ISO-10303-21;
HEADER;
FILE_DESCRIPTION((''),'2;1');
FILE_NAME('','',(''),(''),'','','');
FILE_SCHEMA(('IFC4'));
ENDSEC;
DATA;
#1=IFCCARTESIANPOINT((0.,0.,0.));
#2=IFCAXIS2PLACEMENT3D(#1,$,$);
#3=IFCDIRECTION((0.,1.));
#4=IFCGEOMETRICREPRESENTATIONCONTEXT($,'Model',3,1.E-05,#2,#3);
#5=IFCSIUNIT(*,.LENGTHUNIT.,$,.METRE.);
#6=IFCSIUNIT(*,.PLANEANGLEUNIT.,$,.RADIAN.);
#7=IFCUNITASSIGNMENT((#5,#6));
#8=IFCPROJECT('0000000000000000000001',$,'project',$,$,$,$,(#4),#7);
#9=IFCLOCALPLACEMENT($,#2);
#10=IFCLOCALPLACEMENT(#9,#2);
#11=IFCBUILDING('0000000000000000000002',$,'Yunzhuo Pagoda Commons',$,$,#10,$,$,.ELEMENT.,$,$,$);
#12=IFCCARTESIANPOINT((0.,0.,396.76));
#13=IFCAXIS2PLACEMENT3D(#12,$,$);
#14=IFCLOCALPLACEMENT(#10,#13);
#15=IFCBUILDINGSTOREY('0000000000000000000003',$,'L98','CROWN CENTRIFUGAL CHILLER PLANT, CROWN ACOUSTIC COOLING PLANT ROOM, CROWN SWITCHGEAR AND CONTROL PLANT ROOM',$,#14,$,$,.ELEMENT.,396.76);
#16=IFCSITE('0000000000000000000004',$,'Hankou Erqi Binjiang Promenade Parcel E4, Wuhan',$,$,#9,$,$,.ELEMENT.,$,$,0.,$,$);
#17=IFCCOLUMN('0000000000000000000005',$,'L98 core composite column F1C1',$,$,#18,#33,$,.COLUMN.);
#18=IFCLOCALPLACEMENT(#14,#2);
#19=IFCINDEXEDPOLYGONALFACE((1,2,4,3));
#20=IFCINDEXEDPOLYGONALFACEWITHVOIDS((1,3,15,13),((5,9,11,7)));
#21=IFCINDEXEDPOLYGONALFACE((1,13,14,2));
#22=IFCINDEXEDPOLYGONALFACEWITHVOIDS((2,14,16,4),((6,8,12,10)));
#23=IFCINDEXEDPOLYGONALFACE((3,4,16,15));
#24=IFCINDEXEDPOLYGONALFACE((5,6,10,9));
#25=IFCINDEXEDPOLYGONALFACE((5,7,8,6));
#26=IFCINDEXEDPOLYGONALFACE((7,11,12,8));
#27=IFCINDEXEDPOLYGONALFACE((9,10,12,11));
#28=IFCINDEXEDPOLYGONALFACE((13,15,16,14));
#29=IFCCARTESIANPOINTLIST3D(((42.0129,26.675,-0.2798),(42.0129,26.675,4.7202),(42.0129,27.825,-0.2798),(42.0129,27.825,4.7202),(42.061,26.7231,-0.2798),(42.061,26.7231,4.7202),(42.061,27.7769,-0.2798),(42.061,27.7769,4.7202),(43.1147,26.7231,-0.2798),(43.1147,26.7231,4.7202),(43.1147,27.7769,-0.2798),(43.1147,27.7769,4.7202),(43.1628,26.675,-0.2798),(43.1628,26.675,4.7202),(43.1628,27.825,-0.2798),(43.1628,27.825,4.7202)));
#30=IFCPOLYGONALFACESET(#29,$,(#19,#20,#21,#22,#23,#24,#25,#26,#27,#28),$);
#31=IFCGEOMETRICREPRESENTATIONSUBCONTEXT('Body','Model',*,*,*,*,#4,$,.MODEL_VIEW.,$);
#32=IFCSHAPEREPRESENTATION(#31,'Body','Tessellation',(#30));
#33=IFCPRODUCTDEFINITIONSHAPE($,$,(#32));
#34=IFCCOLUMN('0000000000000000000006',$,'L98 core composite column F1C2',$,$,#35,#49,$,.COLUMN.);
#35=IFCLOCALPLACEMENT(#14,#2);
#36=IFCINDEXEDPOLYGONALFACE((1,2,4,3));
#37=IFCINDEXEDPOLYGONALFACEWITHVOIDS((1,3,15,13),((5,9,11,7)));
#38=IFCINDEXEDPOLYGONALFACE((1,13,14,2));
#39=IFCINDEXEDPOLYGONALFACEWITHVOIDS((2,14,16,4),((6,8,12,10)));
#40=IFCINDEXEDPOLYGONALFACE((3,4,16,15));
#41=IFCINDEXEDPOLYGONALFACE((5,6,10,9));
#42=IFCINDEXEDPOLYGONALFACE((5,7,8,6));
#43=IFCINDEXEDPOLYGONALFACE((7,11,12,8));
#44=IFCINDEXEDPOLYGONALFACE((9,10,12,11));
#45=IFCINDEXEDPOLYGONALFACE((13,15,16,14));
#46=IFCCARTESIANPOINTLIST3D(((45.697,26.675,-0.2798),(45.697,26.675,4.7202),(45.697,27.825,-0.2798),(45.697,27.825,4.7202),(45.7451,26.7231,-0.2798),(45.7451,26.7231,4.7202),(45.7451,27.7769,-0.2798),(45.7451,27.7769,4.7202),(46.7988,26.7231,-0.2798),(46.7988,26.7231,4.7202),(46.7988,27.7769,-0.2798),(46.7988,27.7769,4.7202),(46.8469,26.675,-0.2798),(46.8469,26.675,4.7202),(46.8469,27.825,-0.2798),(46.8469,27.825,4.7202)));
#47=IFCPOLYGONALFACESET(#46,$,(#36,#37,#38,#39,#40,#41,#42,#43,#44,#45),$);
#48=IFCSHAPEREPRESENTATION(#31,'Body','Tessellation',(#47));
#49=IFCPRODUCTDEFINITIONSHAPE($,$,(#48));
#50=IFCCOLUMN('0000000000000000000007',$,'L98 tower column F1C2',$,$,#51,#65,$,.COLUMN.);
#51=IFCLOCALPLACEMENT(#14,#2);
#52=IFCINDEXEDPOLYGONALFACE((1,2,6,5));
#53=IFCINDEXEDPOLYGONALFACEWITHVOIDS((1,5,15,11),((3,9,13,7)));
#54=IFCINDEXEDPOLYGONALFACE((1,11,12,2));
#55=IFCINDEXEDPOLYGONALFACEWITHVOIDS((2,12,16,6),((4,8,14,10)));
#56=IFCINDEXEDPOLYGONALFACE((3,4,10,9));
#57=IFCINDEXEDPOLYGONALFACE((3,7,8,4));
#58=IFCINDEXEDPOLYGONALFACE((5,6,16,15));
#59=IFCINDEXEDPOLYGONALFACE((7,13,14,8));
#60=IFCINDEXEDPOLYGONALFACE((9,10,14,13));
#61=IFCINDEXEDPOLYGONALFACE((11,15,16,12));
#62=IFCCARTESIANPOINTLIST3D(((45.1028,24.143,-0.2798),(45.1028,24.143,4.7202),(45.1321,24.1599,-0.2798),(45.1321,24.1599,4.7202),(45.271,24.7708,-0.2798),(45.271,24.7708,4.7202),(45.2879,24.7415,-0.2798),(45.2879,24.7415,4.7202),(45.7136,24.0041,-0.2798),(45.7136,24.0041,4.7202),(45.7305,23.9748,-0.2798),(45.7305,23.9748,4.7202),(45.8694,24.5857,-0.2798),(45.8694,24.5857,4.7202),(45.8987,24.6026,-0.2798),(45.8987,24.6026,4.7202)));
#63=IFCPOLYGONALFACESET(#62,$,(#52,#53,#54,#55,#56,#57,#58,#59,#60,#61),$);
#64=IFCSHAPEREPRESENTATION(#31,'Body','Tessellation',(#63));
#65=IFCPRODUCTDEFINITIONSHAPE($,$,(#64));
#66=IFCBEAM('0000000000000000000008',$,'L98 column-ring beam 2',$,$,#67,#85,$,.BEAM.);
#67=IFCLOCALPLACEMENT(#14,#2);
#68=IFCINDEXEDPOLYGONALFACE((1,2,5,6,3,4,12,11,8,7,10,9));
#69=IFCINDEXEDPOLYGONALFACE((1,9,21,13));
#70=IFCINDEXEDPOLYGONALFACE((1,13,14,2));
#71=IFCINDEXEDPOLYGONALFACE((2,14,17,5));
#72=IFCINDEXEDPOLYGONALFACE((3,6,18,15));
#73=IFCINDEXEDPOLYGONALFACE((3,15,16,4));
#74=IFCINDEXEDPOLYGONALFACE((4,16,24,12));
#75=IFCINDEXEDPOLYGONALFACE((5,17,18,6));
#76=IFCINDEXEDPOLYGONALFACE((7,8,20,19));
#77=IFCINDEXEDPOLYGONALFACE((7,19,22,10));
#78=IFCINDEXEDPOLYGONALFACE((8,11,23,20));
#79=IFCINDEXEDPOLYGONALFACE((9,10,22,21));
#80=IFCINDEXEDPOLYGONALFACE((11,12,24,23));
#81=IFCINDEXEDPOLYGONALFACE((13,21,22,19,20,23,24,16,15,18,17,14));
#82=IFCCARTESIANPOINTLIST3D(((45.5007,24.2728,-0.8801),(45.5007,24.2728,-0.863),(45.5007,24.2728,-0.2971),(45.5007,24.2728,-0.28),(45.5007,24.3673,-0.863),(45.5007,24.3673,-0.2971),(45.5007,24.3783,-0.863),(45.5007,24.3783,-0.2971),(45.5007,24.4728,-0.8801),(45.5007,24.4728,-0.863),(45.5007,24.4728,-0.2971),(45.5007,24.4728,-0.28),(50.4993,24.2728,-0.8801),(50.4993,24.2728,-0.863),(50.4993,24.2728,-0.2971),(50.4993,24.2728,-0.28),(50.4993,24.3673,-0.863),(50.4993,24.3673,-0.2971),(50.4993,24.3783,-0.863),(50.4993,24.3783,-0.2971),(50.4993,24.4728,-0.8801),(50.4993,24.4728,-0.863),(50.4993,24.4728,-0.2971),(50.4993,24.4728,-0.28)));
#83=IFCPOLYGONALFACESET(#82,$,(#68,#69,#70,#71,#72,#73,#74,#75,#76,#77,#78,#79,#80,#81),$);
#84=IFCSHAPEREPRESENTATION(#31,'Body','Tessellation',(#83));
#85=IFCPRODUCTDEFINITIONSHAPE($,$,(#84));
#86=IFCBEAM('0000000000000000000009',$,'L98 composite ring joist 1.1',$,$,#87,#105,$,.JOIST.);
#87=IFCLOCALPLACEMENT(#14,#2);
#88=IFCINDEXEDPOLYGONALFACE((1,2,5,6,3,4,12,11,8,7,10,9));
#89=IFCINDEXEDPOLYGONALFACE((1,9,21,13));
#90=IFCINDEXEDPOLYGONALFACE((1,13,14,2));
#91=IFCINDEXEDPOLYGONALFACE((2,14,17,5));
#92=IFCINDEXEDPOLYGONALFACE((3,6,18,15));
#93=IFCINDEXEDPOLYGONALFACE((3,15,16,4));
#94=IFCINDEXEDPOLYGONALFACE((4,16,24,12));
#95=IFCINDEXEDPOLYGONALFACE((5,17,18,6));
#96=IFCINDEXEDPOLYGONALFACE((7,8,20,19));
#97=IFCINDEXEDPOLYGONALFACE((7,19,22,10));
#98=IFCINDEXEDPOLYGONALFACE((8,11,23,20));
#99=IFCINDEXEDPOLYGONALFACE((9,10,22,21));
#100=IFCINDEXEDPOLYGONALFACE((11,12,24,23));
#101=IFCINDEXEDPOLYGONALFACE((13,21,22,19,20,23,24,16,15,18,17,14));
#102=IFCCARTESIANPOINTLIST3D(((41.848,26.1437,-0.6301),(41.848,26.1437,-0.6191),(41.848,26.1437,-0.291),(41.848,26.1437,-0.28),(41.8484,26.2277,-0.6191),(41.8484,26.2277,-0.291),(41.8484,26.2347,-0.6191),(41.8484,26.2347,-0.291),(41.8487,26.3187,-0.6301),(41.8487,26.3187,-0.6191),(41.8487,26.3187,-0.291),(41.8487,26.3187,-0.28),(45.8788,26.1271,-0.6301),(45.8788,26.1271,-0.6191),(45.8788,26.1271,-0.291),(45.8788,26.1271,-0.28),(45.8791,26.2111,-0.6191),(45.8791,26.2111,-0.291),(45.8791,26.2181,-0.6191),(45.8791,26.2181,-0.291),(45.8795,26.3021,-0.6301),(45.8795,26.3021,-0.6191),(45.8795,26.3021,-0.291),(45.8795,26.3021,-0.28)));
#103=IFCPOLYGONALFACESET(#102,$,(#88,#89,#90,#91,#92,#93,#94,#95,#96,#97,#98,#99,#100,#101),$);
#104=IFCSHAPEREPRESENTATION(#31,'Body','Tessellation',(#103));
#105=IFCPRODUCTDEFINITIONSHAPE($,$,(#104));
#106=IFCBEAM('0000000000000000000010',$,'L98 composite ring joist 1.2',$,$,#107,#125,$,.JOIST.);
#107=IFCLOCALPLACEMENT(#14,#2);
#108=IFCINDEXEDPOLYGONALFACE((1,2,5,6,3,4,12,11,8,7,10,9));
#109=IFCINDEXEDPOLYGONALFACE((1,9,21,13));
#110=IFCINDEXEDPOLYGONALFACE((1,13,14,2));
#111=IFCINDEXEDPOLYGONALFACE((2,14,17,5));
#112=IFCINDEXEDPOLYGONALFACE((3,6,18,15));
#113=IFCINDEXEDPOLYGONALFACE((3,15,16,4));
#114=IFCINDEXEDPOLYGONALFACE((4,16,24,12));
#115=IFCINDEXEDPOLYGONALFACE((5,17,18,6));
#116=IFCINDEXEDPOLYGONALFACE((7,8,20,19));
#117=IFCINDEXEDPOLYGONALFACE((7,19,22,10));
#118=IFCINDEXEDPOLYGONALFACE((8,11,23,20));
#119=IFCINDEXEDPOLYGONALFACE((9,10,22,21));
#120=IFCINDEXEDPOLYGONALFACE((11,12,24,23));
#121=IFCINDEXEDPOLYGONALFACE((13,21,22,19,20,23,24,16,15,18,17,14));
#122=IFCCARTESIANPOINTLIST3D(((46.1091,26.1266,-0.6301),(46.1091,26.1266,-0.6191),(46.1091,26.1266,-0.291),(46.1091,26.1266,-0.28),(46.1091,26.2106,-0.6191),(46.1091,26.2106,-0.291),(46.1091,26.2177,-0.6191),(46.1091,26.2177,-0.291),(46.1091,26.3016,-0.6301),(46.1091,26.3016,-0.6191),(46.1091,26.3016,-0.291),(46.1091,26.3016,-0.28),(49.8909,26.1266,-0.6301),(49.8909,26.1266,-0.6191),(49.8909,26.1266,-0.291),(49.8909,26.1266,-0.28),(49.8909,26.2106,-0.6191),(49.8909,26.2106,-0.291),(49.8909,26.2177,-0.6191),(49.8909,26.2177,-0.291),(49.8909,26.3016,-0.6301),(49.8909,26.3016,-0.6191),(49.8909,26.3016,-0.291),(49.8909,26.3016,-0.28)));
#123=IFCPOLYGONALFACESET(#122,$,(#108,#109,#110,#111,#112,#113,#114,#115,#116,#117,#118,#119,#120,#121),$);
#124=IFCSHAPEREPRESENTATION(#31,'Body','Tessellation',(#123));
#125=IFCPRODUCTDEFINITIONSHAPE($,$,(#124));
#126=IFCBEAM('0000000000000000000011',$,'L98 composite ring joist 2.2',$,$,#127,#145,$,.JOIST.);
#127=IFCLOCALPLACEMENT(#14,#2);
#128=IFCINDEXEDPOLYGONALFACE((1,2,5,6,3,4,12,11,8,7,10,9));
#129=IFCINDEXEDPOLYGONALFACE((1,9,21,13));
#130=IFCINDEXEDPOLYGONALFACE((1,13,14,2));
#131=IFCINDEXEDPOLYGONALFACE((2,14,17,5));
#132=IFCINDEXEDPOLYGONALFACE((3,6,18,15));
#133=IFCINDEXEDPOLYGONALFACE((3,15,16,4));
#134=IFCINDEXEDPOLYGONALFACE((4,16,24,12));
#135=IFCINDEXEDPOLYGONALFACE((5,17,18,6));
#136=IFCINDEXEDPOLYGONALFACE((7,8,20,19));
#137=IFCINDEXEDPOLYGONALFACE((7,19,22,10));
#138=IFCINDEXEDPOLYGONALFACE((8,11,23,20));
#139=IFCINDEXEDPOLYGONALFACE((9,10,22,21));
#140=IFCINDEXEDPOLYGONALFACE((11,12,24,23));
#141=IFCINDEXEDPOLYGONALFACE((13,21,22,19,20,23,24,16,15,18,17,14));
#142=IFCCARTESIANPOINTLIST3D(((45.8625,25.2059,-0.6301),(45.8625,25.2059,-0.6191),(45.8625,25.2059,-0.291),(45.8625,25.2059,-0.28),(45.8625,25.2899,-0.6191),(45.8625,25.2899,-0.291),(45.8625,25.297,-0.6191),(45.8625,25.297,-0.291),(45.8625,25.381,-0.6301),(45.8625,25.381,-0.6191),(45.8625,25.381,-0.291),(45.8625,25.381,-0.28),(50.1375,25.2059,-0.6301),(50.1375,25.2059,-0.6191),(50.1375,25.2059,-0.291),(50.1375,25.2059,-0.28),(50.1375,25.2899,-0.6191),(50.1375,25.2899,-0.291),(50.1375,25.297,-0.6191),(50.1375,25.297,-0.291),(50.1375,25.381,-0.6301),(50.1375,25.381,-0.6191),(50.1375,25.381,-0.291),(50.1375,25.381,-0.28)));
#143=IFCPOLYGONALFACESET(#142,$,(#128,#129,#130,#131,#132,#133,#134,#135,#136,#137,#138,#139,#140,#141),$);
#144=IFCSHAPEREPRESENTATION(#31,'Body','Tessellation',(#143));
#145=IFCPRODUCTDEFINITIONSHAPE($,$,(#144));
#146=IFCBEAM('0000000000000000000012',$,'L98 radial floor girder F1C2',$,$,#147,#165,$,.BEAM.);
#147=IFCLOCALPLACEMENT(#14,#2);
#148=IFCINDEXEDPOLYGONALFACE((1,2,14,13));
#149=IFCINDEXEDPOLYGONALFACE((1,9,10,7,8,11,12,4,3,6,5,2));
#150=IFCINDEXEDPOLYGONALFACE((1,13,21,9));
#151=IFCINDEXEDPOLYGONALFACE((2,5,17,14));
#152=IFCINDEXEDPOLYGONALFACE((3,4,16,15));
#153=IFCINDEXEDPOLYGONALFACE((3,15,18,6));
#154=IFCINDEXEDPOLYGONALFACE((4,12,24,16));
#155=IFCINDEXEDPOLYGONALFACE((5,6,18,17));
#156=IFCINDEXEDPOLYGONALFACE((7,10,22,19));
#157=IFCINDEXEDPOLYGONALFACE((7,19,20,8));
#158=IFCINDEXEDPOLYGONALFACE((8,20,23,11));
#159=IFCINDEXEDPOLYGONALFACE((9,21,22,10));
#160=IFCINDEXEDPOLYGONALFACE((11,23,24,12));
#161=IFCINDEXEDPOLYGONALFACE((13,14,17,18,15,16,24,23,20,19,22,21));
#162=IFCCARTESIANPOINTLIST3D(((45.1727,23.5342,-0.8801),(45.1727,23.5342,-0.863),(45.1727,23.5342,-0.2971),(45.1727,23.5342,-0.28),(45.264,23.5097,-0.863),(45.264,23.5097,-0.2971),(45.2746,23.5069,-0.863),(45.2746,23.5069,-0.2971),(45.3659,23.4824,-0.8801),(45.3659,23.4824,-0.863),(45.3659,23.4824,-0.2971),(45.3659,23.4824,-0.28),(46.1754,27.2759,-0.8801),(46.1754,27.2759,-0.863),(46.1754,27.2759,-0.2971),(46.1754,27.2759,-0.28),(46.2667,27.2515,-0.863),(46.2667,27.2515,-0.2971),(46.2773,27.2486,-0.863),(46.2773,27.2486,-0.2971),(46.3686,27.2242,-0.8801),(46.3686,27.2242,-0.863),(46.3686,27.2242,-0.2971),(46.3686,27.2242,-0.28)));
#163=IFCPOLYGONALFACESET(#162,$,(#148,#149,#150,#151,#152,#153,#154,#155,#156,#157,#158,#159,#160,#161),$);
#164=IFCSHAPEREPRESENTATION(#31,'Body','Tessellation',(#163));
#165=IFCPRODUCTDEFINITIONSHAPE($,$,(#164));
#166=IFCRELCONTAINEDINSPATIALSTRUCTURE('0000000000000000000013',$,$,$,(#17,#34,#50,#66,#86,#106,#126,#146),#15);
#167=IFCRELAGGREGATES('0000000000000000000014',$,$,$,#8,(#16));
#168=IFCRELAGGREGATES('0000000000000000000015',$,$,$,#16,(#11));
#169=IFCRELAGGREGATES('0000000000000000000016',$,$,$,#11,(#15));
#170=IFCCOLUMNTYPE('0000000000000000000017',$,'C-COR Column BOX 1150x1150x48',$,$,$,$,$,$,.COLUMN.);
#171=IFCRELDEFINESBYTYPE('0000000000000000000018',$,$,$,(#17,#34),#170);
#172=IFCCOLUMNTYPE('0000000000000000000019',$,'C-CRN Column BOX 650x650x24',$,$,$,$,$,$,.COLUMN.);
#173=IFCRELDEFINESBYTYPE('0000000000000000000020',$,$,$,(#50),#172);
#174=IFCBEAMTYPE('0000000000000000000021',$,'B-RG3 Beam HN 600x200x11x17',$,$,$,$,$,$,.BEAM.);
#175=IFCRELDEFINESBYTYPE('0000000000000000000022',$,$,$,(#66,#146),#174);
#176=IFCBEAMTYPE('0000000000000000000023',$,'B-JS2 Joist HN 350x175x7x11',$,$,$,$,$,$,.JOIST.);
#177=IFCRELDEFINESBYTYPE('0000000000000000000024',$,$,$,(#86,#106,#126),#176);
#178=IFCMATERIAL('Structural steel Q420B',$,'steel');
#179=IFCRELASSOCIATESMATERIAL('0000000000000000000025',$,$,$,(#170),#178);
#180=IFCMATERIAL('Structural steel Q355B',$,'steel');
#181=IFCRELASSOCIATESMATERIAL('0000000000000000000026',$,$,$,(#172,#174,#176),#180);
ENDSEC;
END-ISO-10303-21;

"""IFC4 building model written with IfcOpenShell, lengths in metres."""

from ifc_helpers import new_model, si_unit, direction, frame, origin, origin_2d, place, context, subcontext, project, spatial, hollow_rectangle, i_section, extrude, source, transform, mapped, material, material_profile, profile_set, type_object, element, save


model = new_model("IFC4")

# Units and contexts
model_context = context("Model", 3, precision=1e-05, world=origin(), true_north=direction((0.0, 1.0)))
body_context = subcontext(model_context, "Body", "Model", "MODEL_VIEW")
ifc_project = project(units=[si_unit("LENGTHUNIT", "METRE"), si_unit("PLANEANGLEUNIT", "RADIAN")], contexts=[model_context])

# Site, building, storey
site_placement = place(None, origin())
site = spatial("IfcSite", under=ifc_project, at=site_placement, Name="Hankou Erqi Binjiang Promenade Parcel E4, Wuhan", CompositionType="ELEMENT", RefElevation=0.0)
building_placement = place(site_placement, origin())
building = spatial("IfcBuilding", under=site, at=building_placement, Name="Yunzhuo Pagoda Commons", CompositionType="ELEMENT")
storey_placement = place(building_placement, frame((0.0, 0.0, 396.76)))
storey = spatial("IfcBuildingStorey", under=building, at=storey_placement, Name="L98", Description="CROWN CENTRIFUGAL CHILLER PLANT, CROWN ACOUSTIC COOLING PLANT ROOM, CROWN SWITCHGEAR AND CONTROL PLANT ROOM", CompositionType="ELEMENT", Elevation=396.76)

# Columns
ifc_material_1 = material(Name="Structural steel Q420B", Category="steel")
ifc_material_profile_1 = material_profile(ifc_material_1, hollow_rectangle(XDim=1.1499, YDim=1.1499, WallThickness=0.0481, at=origin_2d()), Name="Structural steel Q420B")
ifc_profile_set_1 = profile_set([ifc_material_profile_1], Name="Structural steel Q420B")
column_type_1 = type_object("IfcColumnType", Name="C-COR Column BOX 1150x1150x48", PredefinedType="COLUMN", material=ifc_profile_set_1)
shared_shape_1 = source(origin(), body_context, "Body", "SweptSolid", [
    extrude(hollow_rectangle(XDim=1.1499, YDim=1.1499, WallThickness=0.0481, at=origin_2d()), origin(), (0.0, 0.0, 1.0), 5.0),
])
for number, where, z_axis, x_axis, name in (
    (1, (42.5879, 27.25, -0.2798), (0.0, 0.0, 1.0), (1.0, 0.0, 0.0), "L98 core composite column F1C1"),
    (2, (46.272, 27.25, -0.2798), (0.0, 0.0, 1.0), (1.0, 0.0, 0.0), "L98 core composite column F1C2"),
):
    element("IfcColumn", number, at=place(storey_placement, frame(where, z_axis=z_axis, x_axis=x_axis)), inside=storey, type_object=column_type_1, Name=name, PredefinedType="COLUMN", context=body_context, shape_type="MappedRepresentation", body=[
        mapped(shared_shape_1, transform((0.0, 0.0, 0.0), scale=1.0)),
    ])
ifc_material_2 = material(Name="Structural steel Q355B", Category="steel")
ifc_material_profile_2 = material_profile(ifc_material_2, hollow_rectangle(XDim=0.6499, YDim=0.6499, WallThickness=0.0239, at=origin_2d()), Name="Structural steel Q355B")
ifc_profile_set_2 = profile_set([ifc_material_profile_2], Name="Structural steel Q355B")
column_type_2 = type_object("IfcColumnType", Name="C-CRN Column BOX 650x650x24", PredefinedType="COLUMN", material=ifc_profile_set_2)
shared_shape_2 = source(origin(), body_context, "Body", "SweptSolid", [
    extrude(hollow_rectangle(XDim=0.6499, YDim=0.6499, WallThickness=0.0239, at=origin_2d()), origin(), (0.0, 0.0, 1.0), 5.0),
])
column_placement = place(storey_placement, frame((45.5007, 24.3728, -0.2798), z_axis=(0.0, 0.0, 1.0), x_axis=(0.965926, -0.258819, 0.0)))
element("IfcColumn", 3, at=column_placement, inside=storey, type_object=column_type_2, Name="L98 tower column F1C2", PredefinedType="COLUMN", context=body_context, shape_type="MappedRepresentation", body=[
    mapped(shared_shape_2, transform((0.0, 0.0, 0.0), scale=1.0)),
])

# Beams
ifc_material_profile_3 = material_profile(ifc_material_2, i_section(OverallWidth=0.2, OverallDepth=0.6001, WebThickness=0.011, FlangeThickness=0.0171, at=origin_2d()), Name="Structural steel Q355B")
ifc_profile_set_3 = profile_set([ifc_material_profile_3], Name="Structural steel Q355B")
beam_type_1 = type_object("IfcBeamType", Name="B-RG3 Beam HN 600x200x11x17", PredefinedType="BEAM", material=ifc_profile_set_3)
shared_shape_3 = source(origin(), body_context, "Body", "SweptSolid", [
    extrude(i_section(OverallWidth=0.2, OverallDepth=0.6001, WebThickness=0.011, FlangeThickness=0.0171, at=origin_2d()), origin(), (0.0, 0.0, 1.0), 4.9985),
])
beam_1_placement = place(storey_placement, frame((45.5007, 24.3728, -0.5801), z_axis=(1.0, 0.0, 0.0), x_axis=(0.0, 1.0, 0.0)))
element("IfcBeam", 4, at=beam_1_placement, inside=storey, type_object=beam_type_1, Name="L98 column-ring beam 2", PredefinedType="BEAM", context=body_context, shape_type="MappedRepresentation", body=[
    mapped(shared_shape_3, transform((0.0, 0.0, 0.0), scale=1.0)),
])
ifc_material_profile_4 = material_profile(ifc_material_2, i_section(OverallWidth=0.175, OverallDepth=0.3501, WebThickness=0.0071, FlangeThickness=0.011, at=origin_2d()), Name="Structural steel Q355B")
ifc_profile_set_4 = profile_set([ifc_material_profile_4], Name="Structural steel Q355B")
beam_type_2 = type_object("IfcBeamType", Name="B-JS2 Joist HN 350x175x7x11", PredefinedType="JOIST", material=ifc_profile_set_4)
shared_shape_4 = source(origin(), body_context, "Body", "SweptSolid", [
    extrude(i_section(OverallWidth=0.175, OverallDepth=0.3501, WebThickness=0.0071, FlangeThickness=0.011, at=origin_2d()), origin(), (0.0, 0.0, 1.0), 4.0308),
])
beam_2_placement = place(storey_placement, frame((41.8484, 26.2312, -0.4551), z_axis=(0.999992, -0.004119, 0.0), x_axis=(0.004119, 0.999992, 0.0)))
element("IfcBeam", 5, at=beam_2_placement, inside=storey, type_object=beam_type_2, Name="L98 composite ring joist 1.1", PredefinedType="JOIST", context=body_context, shape_type="MappedRepresentation", body=[
    mapped(shared_shape_4, transform((0.0, 0.0, 0.0), scale=1.0)),
])
shared_shape_5 = source(origin(), body_context, "Body", "SweptSolid", [
    extrude(i_section(OverallWidth=0.175, OverallDepth=0.3501, WebThickness=0.0071, FlangeThickness=0.011, at=origin_2d()), origin(), (0.0, 0.0, 1.0), 3.7817),
])
beam_3_placement = place(storey_placement, frame((46.1091, 26.2141, -0.4551), z_axis=(1.0, 0.0, 0.0), x_axis=(0.0, 1.0, 0.0)))
element("IfcBeam", 6, at=beam_3_placement, inside=storey, type_object=beam_type_2, Name="L98 composite ring joist 1.2", PredefinedType="JOIST", context=body_context, shape_type="MappedRepresentation", body=[
    mapped(shared_shape_5, transform((0.0, 0.0, 0.0), scale=1.0)),
])
shared_shape_6 = source(origin(), body_context, "Body", "SweptSolid", [
    extrude(i_section(OverallWidth=0.175, OverallDepth=0.3501, WebThickness=0.0071, FlangeThickness=0.011, at=origin_2d()), origin(), (0.0, 0.0, 1.0), 4.2749),
])
beam_4_placement = place(storey_placement, frame((45.8625, 25.2935, -0.4551), z_axis=(1.0, 0.0, 0.0), x_axis=(0.0, 1.0, 0.0)))
element("IfcBeam", 7, at=beam_4_placement, inside=storey, type_object=beam_type_2, Name="L98 composite ring joist 2.2", PredefinedType="JOIST", context=body_context, shape_type="MappedRepresentation", body=[
    mapped(shared_shape_6, transform((0.0, 0.0, 0.0), scale=1.0)),
])
shared_shape_7 = source(origin(), body_context, "Body", "SweptSolid", [
    extrude(i_section(OverallWidth=0.2, OverallDepth=0.6001, WebThickness=0.011, FlangeThickness=0.0171, at=origin_2d()), origin(), (0.0, 0.0, 1.0), 3.8738),
])
beam_5_placement = place(storey_placement, frame((45.2693, 23.5083, -0.5801), z_axis=(0.258843, 0.965919, 0.0), x_axis=(-0.965919, 0.258843, 0.0)))
element("IfcBeam", 8, at=beam_5_placement, inside=storey, type_object=beam_type_1, Name="L98 radial floor girder F1C2", PredefinedType="BEAM", context=body_context, shape_type="MappedRepresentation", body=[
    mapped(shared_shape_7, transform((0.0, 0.0, 0.0), scale=1.0)),
])

save(model, "model.ifc")
